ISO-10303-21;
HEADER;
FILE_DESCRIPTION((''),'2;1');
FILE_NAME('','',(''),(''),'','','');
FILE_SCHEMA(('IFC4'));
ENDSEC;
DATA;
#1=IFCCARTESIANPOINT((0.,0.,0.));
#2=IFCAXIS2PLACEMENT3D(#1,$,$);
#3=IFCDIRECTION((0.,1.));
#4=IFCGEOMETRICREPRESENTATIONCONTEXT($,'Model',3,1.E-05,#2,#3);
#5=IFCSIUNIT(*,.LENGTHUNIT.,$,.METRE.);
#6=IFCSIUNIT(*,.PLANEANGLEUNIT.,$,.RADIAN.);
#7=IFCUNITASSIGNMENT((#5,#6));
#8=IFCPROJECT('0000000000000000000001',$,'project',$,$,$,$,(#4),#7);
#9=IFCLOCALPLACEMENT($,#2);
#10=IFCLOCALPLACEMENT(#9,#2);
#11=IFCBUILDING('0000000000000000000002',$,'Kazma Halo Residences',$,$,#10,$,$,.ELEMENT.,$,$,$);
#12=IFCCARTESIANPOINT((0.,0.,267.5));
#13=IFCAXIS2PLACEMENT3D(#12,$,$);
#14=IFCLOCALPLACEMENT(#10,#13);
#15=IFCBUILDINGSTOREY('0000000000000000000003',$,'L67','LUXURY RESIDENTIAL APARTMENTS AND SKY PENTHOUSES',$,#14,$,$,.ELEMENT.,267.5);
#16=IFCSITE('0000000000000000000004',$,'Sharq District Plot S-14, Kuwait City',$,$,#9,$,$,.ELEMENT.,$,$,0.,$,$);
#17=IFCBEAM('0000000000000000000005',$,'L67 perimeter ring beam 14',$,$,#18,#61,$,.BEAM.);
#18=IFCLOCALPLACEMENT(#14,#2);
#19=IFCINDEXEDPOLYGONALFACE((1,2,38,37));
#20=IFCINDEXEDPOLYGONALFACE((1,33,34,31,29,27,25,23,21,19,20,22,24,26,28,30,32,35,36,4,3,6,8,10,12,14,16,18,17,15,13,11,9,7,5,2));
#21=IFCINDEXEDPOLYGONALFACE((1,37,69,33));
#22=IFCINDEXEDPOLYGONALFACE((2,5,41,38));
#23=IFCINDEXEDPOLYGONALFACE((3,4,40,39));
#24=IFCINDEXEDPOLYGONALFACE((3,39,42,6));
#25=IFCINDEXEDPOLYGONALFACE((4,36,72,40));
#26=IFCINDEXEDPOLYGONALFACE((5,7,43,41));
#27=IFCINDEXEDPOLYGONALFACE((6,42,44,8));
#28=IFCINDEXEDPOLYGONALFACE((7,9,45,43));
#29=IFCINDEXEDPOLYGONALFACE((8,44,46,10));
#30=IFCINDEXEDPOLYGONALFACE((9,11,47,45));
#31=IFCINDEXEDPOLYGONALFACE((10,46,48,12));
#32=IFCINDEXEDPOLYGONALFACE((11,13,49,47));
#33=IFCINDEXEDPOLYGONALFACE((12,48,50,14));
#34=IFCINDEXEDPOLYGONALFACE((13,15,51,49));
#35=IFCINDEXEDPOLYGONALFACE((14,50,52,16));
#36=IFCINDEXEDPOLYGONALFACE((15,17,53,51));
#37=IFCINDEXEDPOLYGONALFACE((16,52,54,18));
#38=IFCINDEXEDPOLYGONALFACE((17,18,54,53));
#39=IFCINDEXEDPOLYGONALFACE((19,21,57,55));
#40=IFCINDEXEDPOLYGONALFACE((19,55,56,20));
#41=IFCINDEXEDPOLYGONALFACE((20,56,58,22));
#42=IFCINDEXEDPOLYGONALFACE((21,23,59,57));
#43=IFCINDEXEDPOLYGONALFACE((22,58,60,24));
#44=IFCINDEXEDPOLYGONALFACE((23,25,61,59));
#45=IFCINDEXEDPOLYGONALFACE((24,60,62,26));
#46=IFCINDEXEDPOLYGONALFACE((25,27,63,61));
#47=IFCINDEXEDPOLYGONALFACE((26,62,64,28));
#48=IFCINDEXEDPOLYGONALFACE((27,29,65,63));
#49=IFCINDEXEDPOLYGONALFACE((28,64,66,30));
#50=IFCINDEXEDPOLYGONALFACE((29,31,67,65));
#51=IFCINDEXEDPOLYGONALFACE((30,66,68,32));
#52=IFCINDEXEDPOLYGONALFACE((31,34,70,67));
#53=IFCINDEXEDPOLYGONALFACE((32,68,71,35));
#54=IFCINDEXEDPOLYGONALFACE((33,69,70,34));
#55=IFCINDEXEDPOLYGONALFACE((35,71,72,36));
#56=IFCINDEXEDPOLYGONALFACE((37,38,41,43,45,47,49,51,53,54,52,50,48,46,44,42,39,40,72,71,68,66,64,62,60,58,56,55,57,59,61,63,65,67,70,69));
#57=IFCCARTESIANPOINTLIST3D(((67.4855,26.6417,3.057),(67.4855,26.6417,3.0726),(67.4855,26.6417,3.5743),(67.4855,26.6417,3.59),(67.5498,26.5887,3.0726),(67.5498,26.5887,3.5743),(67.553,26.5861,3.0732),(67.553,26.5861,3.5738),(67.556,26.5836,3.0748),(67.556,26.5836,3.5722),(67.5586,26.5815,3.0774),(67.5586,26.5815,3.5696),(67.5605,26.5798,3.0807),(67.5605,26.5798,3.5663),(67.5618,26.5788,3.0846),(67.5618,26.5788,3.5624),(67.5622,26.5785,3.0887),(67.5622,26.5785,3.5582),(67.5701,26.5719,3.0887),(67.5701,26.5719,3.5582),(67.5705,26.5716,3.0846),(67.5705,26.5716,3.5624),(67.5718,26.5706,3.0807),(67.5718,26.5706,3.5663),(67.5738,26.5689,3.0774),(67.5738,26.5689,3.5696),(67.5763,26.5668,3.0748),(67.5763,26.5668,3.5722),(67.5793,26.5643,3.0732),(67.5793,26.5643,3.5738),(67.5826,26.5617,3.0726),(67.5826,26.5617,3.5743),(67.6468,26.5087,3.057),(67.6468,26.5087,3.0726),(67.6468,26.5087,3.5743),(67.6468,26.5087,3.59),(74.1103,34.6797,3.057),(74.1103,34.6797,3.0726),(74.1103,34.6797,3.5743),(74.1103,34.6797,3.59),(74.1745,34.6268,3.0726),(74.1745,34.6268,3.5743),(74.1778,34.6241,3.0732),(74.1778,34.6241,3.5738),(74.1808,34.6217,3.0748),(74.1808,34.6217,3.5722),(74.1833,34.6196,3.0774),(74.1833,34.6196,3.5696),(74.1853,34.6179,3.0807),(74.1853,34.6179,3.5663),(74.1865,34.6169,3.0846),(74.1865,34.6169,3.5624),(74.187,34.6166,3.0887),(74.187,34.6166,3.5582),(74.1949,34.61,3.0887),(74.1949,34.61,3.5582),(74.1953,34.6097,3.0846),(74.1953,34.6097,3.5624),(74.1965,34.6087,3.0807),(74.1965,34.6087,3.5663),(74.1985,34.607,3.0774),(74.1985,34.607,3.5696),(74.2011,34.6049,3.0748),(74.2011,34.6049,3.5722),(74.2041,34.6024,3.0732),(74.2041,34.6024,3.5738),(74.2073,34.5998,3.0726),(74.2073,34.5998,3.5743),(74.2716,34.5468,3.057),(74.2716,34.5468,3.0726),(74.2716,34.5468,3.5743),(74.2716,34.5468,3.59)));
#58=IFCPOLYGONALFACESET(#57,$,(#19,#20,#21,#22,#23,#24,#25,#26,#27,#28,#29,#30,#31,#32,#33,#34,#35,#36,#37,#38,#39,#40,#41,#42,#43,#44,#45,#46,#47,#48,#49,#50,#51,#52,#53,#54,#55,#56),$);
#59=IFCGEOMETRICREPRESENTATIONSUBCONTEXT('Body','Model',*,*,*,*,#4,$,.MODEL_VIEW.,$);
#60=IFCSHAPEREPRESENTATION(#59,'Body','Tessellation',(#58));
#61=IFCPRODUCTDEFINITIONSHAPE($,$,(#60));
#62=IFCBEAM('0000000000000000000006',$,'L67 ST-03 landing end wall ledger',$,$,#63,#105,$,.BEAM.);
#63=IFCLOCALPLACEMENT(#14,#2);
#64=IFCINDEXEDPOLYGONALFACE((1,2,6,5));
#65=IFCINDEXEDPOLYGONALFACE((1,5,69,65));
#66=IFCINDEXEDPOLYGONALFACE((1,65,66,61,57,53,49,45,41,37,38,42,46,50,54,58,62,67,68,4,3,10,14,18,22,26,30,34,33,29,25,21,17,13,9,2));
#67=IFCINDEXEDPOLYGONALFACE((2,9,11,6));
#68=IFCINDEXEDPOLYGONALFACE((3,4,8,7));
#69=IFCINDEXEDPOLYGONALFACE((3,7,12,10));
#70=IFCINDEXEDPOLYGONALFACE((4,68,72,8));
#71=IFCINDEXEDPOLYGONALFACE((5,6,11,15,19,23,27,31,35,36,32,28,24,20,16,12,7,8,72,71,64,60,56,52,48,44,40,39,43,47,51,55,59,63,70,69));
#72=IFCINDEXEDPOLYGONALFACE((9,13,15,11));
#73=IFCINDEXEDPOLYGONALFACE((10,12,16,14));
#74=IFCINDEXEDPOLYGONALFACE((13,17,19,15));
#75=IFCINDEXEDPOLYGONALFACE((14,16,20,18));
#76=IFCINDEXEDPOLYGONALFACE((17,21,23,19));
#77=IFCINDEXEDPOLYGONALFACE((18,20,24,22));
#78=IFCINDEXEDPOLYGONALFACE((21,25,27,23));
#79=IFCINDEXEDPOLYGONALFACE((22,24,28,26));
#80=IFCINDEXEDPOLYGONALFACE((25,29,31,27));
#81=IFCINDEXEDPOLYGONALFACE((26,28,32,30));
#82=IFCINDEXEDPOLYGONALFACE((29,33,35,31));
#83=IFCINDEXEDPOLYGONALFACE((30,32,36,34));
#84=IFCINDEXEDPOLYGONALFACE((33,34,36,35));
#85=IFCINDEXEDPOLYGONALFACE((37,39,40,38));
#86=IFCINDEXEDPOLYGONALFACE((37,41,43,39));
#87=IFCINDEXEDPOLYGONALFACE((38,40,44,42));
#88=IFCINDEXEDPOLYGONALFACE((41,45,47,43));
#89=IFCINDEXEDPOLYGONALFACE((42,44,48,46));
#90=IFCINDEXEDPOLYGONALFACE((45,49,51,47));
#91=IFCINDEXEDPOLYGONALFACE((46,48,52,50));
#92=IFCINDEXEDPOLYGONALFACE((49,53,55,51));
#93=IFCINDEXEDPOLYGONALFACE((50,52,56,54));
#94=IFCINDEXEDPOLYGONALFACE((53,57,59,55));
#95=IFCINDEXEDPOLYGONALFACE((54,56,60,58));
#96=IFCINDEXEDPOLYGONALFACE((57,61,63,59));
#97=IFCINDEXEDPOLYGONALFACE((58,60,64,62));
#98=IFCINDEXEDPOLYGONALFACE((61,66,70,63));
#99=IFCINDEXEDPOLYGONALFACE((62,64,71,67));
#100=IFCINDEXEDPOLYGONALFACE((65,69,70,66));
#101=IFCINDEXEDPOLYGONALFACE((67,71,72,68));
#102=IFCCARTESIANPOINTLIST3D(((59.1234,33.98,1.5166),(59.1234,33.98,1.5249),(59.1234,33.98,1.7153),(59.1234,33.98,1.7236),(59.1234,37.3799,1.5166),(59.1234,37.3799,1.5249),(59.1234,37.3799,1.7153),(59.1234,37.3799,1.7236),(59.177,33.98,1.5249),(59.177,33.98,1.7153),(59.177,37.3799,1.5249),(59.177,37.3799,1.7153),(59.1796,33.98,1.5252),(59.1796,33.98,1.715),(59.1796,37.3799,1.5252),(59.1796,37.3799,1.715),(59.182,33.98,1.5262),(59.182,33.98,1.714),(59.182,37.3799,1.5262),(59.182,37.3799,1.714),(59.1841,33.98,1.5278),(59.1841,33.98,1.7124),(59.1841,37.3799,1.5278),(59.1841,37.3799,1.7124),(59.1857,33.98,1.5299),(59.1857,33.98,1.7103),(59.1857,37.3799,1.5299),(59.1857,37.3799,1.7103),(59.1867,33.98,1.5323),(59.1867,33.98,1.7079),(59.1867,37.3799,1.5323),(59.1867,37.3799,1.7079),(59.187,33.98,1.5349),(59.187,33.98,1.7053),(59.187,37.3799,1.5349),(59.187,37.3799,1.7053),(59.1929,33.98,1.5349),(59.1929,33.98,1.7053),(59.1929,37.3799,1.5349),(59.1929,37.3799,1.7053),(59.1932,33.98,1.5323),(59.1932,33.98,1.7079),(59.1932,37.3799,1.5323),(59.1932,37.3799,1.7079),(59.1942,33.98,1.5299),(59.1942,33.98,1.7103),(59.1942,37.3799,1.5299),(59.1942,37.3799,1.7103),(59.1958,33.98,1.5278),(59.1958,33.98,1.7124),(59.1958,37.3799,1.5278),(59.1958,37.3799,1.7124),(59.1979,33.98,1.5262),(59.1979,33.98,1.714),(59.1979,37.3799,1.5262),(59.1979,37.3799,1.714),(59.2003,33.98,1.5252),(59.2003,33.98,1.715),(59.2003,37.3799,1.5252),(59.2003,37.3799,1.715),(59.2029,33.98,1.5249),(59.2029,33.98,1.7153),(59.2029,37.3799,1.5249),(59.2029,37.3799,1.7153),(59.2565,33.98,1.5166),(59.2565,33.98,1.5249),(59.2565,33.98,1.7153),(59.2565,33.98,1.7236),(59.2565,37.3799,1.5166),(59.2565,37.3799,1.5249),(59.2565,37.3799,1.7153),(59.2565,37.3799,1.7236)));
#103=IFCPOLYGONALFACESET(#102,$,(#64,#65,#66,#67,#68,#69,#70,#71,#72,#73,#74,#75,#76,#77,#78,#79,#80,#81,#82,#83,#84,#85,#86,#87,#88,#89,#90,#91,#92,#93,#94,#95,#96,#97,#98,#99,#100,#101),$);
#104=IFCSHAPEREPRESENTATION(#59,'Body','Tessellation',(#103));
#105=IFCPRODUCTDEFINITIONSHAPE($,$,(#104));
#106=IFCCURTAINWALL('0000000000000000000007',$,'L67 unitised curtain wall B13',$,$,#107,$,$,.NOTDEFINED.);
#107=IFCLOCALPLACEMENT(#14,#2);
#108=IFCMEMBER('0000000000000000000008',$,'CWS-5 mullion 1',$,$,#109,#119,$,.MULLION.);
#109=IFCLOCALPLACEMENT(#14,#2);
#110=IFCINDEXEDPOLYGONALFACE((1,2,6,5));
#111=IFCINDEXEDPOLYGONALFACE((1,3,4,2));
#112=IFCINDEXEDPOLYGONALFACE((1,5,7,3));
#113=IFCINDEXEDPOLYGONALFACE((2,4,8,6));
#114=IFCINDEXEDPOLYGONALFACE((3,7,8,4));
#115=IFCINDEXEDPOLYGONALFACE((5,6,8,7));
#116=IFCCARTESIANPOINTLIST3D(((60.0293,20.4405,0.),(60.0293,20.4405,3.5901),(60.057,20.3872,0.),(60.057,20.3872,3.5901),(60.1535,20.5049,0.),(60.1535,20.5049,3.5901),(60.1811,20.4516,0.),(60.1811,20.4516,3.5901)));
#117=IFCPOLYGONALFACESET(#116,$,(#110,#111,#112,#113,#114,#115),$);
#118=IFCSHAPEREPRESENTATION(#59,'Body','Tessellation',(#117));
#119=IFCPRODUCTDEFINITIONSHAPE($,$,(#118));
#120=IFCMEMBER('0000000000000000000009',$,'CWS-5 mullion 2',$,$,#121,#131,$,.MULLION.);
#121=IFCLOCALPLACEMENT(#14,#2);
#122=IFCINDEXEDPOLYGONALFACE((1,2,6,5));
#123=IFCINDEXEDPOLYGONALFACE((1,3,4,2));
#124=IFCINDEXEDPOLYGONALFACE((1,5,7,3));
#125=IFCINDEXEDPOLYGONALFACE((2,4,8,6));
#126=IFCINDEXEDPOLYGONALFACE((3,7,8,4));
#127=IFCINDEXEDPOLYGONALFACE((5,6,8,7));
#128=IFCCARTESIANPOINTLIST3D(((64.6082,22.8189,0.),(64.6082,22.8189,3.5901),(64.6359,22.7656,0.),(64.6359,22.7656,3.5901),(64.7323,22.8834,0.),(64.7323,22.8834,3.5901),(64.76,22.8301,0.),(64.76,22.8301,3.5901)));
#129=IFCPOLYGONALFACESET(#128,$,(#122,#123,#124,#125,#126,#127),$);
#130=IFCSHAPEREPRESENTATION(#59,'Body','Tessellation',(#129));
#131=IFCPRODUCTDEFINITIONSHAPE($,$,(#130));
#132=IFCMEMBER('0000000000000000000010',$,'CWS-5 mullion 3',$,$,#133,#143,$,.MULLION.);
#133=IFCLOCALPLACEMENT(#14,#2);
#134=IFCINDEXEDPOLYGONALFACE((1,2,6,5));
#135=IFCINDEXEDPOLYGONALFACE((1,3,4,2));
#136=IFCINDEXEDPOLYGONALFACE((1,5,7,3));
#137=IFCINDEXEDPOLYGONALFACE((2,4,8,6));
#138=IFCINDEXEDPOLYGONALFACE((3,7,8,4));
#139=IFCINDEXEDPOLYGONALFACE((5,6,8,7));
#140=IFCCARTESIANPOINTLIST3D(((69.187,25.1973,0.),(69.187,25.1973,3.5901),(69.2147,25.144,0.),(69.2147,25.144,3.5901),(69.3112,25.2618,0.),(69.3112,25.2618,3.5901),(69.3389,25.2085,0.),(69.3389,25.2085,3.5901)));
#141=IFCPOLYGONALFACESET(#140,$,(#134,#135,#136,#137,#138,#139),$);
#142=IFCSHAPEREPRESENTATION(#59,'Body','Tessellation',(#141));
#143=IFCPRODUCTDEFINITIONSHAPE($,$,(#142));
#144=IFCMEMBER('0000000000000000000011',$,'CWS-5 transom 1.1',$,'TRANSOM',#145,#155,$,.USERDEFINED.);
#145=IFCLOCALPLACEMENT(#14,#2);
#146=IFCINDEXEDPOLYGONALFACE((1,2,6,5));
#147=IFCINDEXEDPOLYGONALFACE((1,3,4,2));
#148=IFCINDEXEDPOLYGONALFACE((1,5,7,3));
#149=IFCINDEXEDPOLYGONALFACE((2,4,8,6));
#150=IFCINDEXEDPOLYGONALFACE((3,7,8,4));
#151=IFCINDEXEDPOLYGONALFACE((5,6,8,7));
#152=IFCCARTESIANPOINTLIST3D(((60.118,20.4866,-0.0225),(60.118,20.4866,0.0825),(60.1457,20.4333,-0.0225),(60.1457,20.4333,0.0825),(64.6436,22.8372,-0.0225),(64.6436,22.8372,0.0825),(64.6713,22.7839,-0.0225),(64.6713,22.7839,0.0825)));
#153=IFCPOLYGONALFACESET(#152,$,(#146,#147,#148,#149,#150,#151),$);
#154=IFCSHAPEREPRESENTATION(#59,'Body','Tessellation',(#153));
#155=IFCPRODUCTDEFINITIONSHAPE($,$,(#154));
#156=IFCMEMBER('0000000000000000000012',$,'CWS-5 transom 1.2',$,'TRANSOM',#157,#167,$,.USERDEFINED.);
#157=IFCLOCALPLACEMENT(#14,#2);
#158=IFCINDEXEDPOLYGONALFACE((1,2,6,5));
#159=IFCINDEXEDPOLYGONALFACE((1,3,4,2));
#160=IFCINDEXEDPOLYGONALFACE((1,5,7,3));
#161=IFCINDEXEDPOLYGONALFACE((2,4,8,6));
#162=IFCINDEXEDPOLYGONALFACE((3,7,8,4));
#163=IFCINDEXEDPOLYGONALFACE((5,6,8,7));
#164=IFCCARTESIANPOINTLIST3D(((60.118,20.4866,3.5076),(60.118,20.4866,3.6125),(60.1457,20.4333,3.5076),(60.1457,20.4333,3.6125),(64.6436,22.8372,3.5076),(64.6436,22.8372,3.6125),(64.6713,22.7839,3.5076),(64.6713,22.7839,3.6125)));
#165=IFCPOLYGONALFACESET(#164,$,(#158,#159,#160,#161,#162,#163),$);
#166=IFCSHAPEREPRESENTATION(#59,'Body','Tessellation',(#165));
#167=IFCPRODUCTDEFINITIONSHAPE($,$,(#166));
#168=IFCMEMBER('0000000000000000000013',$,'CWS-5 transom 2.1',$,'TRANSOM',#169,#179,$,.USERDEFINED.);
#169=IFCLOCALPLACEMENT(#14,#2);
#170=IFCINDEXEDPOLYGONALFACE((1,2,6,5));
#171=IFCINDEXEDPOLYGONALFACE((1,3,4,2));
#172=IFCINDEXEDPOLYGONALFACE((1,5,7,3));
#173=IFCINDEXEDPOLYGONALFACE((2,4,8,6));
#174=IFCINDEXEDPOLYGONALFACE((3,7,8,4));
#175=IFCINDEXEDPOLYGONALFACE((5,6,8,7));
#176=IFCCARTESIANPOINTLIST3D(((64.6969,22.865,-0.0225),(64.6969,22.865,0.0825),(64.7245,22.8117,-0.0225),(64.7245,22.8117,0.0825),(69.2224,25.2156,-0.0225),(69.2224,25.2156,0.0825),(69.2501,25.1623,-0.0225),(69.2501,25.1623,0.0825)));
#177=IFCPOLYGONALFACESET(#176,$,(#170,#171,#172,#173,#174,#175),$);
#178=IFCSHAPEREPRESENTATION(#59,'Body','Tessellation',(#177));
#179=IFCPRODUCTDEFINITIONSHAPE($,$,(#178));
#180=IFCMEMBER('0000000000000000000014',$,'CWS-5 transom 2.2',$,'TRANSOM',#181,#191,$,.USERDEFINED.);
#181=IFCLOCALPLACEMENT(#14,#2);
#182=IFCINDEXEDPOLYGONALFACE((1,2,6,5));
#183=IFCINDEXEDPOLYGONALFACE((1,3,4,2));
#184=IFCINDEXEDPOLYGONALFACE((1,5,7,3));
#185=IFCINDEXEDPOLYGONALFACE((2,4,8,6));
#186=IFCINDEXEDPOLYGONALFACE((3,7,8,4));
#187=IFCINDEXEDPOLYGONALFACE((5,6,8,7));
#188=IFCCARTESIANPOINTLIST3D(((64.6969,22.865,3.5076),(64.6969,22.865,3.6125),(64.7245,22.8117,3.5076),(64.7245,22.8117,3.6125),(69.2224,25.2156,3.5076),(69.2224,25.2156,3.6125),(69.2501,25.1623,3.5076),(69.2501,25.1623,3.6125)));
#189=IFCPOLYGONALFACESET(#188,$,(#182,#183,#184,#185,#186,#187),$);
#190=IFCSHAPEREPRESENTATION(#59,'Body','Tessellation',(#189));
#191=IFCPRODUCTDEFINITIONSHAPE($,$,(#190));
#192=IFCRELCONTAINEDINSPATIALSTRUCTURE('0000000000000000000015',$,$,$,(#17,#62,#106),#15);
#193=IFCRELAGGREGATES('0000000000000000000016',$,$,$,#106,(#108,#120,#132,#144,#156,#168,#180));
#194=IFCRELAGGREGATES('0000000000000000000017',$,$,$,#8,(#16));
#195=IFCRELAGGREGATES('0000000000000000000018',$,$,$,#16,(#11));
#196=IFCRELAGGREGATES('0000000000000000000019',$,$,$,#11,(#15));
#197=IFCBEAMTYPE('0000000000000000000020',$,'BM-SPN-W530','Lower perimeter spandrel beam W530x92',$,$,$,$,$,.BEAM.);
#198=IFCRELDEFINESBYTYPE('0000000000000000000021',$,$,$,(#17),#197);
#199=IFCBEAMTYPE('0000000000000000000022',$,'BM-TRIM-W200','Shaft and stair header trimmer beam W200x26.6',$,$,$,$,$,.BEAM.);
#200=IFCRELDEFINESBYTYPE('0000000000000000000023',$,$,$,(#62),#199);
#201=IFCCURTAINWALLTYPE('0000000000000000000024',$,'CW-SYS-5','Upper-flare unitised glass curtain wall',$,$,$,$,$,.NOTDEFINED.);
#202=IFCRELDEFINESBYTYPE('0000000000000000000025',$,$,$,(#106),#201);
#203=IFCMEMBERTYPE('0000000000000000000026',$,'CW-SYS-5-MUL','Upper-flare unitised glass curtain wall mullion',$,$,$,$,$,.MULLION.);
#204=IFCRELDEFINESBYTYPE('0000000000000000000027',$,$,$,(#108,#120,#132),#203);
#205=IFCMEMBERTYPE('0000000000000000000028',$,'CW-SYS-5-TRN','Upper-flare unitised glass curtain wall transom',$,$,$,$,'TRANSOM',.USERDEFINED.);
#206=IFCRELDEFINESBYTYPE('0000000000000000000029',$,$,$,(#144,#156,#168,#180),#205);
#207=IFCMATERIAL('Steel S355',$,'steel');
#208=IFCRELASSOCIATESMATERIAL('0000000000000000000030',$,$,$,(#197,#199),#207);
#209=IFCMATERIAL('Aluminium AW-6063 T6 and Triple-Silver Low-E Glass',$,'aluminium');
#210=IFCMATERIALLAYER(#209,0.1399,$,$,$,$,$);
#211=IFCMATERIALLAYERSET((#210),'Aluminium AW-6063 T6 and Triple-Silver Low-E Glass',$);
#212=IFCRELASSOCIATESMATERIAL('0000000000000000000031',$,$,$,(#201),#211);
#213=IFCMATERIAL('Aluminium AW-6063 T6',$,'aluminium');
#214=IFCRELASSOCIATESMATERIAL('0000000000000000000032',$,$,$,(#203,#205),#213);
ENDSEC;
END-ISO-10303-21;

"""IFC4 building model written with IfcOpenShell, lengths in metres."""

from ifc_helpers import new_model, si_unit, direction, frame, origin, origin_2d, place, context, subcontext, project, spatial, rectangle, i_section, extrude, material, layer, layer_set, material_profile, profile_set, type_object, element, aggregate, save


model = new_model("IFC4")

# Units and contexts
model_context = context("Model", 3, precision=1e-05, world=origin(), true_north=direction((0.0, 1.0)))
body_context = subcontext(model_context, "Body", "Model", "MODEL_VIEW")
ifc_project = project(units=[si_unit("LENGTHUNIT", "METRE"), si_unit("PLANEANGLEUNIT", "RADIAN")], contexts=[model_context])

# Site, building, storey
site_placement = place(None, origin())
site = spatial("IfcSite", under=ifc_project, at=site_placement, Name="Sharq District Plot S-14, Kuwait City", CompositionType="ELEMENT", RefElevation=0.0)
building_placement = place(site_placement, origin())
building = spatial("IfcBuilding", under=site, at=building_placement, Name="Kazma Halo Residences", CompositionType="ELEMENT")
storey_placement = place(building_placement, frame((0.0, 0.0, 267.5)))
storey = spatial("IfcBuildingStorey", under=building, at=storey_placement, Name="L67", Description="LUXURY RESIDENTIAL APARTMENTS AND SKY PENTHOUSES", CompositionType="ELEMENT", Elevation=267.5)

# Beams
ifc_material_1 = material(Name="Steel S355", Category="steel")
ifc_material_profile_1 = material_profile(ifc_material_1, i_section(OverallWidth=0.209, OverallDepth=0.533, WebThickness=0.0103, FlangeThickness=0.0156, FilletRadius=0.0161, at=origin_2d()), Name="W530x92")
ifc_profile_set_1 = profile_set([ifc_material_profile_1], Name="Steel S355")
beam_type_1 = type_object("IfcBeamType", Name="BM-SPN-W530", Description="Lower perimeter spandrel beam W530x92", PredefinedType="BEAM", material=ifc_profile_set_1)
beam_1_placement = place(storey_placement, frame((67.5662, 26.5752, 3.3235), z_axis=(0.636002, 0.771687, 0.0), x_axis=(-0.771687, 0.636002, 0.0)))
element("IfcBeam", 1, at=beam_1_placement, inside=storey, type_object=beam_type_1, Name="L67 perimeter ring beam 14", PredefinedType="BEAM", context=body_context, shape_type="SweptSolid", body=[
    extrude(i_section(OverallWidth=0.209, OverallDepth=0.533, WebThickness=0.0103, FlangeThickness=0.0156, FilletRadius=0.0161, at=origin_2d()), origin(), (0.0, 0.0, 1.0), 10.4163),
])
ifc_material_profile_2 = material_profile(ifc_material_1, i_section(OverallWidth=0.1331, OverallDepth=0.207, WebThickness=0.0059, FlangeThickness=0.0083, FilletRadius=0.01, at=origin_2d()), Name="W200x26.6")
ifc_profile_set_2 = profile_set([ifc_material_profile_2], Name="Steel S355")
beam_type_2 = type_object("IfcBeamType", Name="BM-TRIM-W200", Description="Shaft and stair header trimmer beam W200x26.6", PredefinedType="BEAM", material=ifc_profile_set_2)
beam_2_placement = place(storey_placement, frame((59.1899, 33.98, 1.6201), z_axis=(0.0, 1.0, 0.0), x_axis=(-1.0, 0.0, 0.0)))
element("IfcBeam", 2, at=beam_2_placement, inside=storey, type_object=beam_type_2, Name="L67 ST-03 landing end wall ledger", PredefinedType="BEAM", context=body_context, shape_type="SweptSolid", body=[
    extrude(i_section(OverallWidth=0.1331, OverallDepth=0.207, WebThickness=0.0059, FlangeThickness=0.0083, FilletRadius=0.01, at=origin_2d()), origin(), (0.0, 0.0, 1.0), 3.3999),
])

# Curtain wall, members
ifc_material_2 = material(Name="Aluminium AW-6063 T6 and Triple-Silver Low-E Glass", Category="aluminium")
ifc_layer_1 = layer(ifc_material_2, 0.1399)
ifc_layer_set_1 = layer_set([ifc_layer_1], Name="Aluminium AW-6063 T6 and Triple-Silver Low-E Glass")
curtain_wall_type = type_object("IfcCurtainWallType", Name="CW-SYS-5", Description="Upper-flare unitised glass curtain wall", PredefinedType="NOTDEFINED", material=ifc_layer_set_1)
curtain_wall_placement = place(storey_placement, origin())
curtain_wall = element("IfcCurtainWall", 3, at=curtain_wall_placement, inside=storey, type_object=curtain_wall_type, Name="L67 unitised curtain wall B13", PredefinedType="NOTDEFINED")
ifc_material_3 = material(Name="Aluminium AW-6063 T6", Category="aluminium")
ifc_material_profile_3 = material_profile(ifc_material_3, rectangle(XDim=0.0601, YDim=0.1399, at=origin_2d()), Name="CWM-60x140")
ifc_profile_set_3 = profile_set([ifc_material_profile_3], Name="Aluminium AW-6063 T6")
member_type_1 = type_object("IfcMemberType", Name="CW-SYS-5-MUL", Description="Upper-flare unitised glass curtain wall mullion", PredefinedType="MULLION", material=ifc_profile_set_3)
member_1_placement = place(storey_placement, frame((60.1052, 20.446, 0.0), z_axis=(0.0, 0.0, 1.0), x_axis=(-0.460961, 0.887421, 0.0)))
member_1 = element("IfcMember", 4, at=member_1_placement, type_object=member_type_1, Name="CWS-5 mullion 1", PredefinedType="MULLION", context=body_context, shape_type="SweptSolid", body=[
    extrude(rectangle(XDim=0.0601, YDim=0.1399, at=origin_2d()), origin(), (0.0, 0.0, 1.0), 3.5901),
])
member_2_placement = place(storey_placement, frame((64.6841, 22.8245, 0.0), z_axis=(0.0, 0.0, 1.0), x_axis=(-0.460961, 0.887421, 0.0)))
member_2 = element("IfcMember", 5, at=member_2_placement, type_object=member_type_1, Name="CWS-5 mullion 2", PredefinedType="MULLION", context=body_context, shape_type="SweptSolid", body=[
    extrude(rectangle(XDim=0.0601, YDim=0.1399, at=origin_2d()), origin(), (0.0, 0.0, 1.0), 3.5901),
])
member_3_placement = place(storey_placement, frame((69.2629, 25.2029, 0.0), z_axis=(0.0, 0.0, 1.0), x_axis=(-0.460961, 0.887421, 0.0)))
member_3 = element("IfcMember", 6, at=member_3_placement, type_object=member_type_1, Name="CWS-5 mullion 3", PredefinedType="MULLION", context=body_context, shape_type="SweptSolid", body=[
    extrude(rectangle(XDim=0.0601, YDim=0.1399, at=origin_2d()), origin(), (0.0, 0.0, 1.0), 3.5901),
])
ifc_material_profile_4 = material_profile(ifc_material_3, rectangle(XDim=0.0601, YDim=0.105, at=origin_2d()), Name="CWT-60x105")
ifc_profile_set_4 = profile_set([ifc_material_profile_4], Name="Aluminium AW-6063 T6")
member_type_2 = type_object("IfcMemberType", Name="CW-SYS-5-TRN", Description="Upper-flare unitised glass curtain wall transom", ElementType="TRANSOM", PredefinedType="USERDEFINED", material=ifc_profile_set_4)
member_4_placement = place(storey_placement, frame((60.1318, 20.46, 0.03), z_axis=(0.887437, 0.460929, 0.0), x_axis=(-0.460929, 0.887437, 0.0)))
member_4 = element("IfcMember", 7, at=member_4_placement, type_object=member_type_2, Name="CWS-5 transom 1.1", ObjectType="TRANSOM", PredefinedType="USERDEFINED", context=body_context, shape_type="SweptSolid", body=[
    extrude(rectangle(XDim=0.0601, YDim=0.105, at=origin_2d()), origin(), (0.0, 0.0, 1.0), 5.0996),
])
member_5_placement = place(storey_placement, frame((60.1318, 20.46, 3.5601), z_axis=(0.887437, 0.460929, 0.0), x_axis=(-0.460929, 0.887437, 0.0)))
member_5 = element("IfcMember", 8, at=member_5_placement, type_object=member_type_2, Name="CWS-5 transom 1.2", ObjectType="TRANSOM", PredefinedType="USERDEFINED", context=body_context, shape_type="SweptSolid", body=[
    extrude(rectangle(XDim=0.0601, YDim=0.105, at=origin_2d()), origin(), (0.0, 0.0, 1.0), 5.0996),
])
member_6_placement = place(storey_placement, frame((64.7107, 22.8384, 0.03), z_axis=(0.887437, 0.460929, 0.0), x_axis=(-0.460929, 0.887437, 0.0)))
member_6 = element("IfcMember", 9, at=member_6_placement, type_object=member_type_2, Name="CWS-5 transom 2.1", ObjectType="TRANSOM", PredefinedType="USERDEFINED", context=body_context, shape_type="SweptSolid", body=[
    extrude(rectangle(XDim=0.0601, YDim=0.105, at=origin_2d()), origin(), (0.0, 0.0, 1.0), 5.0996),
])
member_7_placement = place(storey_placement, frame((64.7107, 22.8384, 3.5601), z_axis=(0.887437, 0.460929, 0.0), x_axis=(-0.460929, 0.887437, 0.0)))
member_7 = element("IfcMember", 10, at=member_7_placement, type_object=member_type_2, Name="CWS-5 transom 2.2", ObjectType="TRANSOM", PredefinedType="USERDEFINED", context=body_context, shape_type="SweptSolid", body=[
    extrude(rectangle(XDim=0.0601, YDim=0.105, at=origin_2d()), origin(), (0.0, 0.0, 1.0), 5.0996),
])
aggregate(curtain_wall, [member_1, member_2, member_3, member_4, member_5, member_6, member_7])

save(model, "model.ifc")
